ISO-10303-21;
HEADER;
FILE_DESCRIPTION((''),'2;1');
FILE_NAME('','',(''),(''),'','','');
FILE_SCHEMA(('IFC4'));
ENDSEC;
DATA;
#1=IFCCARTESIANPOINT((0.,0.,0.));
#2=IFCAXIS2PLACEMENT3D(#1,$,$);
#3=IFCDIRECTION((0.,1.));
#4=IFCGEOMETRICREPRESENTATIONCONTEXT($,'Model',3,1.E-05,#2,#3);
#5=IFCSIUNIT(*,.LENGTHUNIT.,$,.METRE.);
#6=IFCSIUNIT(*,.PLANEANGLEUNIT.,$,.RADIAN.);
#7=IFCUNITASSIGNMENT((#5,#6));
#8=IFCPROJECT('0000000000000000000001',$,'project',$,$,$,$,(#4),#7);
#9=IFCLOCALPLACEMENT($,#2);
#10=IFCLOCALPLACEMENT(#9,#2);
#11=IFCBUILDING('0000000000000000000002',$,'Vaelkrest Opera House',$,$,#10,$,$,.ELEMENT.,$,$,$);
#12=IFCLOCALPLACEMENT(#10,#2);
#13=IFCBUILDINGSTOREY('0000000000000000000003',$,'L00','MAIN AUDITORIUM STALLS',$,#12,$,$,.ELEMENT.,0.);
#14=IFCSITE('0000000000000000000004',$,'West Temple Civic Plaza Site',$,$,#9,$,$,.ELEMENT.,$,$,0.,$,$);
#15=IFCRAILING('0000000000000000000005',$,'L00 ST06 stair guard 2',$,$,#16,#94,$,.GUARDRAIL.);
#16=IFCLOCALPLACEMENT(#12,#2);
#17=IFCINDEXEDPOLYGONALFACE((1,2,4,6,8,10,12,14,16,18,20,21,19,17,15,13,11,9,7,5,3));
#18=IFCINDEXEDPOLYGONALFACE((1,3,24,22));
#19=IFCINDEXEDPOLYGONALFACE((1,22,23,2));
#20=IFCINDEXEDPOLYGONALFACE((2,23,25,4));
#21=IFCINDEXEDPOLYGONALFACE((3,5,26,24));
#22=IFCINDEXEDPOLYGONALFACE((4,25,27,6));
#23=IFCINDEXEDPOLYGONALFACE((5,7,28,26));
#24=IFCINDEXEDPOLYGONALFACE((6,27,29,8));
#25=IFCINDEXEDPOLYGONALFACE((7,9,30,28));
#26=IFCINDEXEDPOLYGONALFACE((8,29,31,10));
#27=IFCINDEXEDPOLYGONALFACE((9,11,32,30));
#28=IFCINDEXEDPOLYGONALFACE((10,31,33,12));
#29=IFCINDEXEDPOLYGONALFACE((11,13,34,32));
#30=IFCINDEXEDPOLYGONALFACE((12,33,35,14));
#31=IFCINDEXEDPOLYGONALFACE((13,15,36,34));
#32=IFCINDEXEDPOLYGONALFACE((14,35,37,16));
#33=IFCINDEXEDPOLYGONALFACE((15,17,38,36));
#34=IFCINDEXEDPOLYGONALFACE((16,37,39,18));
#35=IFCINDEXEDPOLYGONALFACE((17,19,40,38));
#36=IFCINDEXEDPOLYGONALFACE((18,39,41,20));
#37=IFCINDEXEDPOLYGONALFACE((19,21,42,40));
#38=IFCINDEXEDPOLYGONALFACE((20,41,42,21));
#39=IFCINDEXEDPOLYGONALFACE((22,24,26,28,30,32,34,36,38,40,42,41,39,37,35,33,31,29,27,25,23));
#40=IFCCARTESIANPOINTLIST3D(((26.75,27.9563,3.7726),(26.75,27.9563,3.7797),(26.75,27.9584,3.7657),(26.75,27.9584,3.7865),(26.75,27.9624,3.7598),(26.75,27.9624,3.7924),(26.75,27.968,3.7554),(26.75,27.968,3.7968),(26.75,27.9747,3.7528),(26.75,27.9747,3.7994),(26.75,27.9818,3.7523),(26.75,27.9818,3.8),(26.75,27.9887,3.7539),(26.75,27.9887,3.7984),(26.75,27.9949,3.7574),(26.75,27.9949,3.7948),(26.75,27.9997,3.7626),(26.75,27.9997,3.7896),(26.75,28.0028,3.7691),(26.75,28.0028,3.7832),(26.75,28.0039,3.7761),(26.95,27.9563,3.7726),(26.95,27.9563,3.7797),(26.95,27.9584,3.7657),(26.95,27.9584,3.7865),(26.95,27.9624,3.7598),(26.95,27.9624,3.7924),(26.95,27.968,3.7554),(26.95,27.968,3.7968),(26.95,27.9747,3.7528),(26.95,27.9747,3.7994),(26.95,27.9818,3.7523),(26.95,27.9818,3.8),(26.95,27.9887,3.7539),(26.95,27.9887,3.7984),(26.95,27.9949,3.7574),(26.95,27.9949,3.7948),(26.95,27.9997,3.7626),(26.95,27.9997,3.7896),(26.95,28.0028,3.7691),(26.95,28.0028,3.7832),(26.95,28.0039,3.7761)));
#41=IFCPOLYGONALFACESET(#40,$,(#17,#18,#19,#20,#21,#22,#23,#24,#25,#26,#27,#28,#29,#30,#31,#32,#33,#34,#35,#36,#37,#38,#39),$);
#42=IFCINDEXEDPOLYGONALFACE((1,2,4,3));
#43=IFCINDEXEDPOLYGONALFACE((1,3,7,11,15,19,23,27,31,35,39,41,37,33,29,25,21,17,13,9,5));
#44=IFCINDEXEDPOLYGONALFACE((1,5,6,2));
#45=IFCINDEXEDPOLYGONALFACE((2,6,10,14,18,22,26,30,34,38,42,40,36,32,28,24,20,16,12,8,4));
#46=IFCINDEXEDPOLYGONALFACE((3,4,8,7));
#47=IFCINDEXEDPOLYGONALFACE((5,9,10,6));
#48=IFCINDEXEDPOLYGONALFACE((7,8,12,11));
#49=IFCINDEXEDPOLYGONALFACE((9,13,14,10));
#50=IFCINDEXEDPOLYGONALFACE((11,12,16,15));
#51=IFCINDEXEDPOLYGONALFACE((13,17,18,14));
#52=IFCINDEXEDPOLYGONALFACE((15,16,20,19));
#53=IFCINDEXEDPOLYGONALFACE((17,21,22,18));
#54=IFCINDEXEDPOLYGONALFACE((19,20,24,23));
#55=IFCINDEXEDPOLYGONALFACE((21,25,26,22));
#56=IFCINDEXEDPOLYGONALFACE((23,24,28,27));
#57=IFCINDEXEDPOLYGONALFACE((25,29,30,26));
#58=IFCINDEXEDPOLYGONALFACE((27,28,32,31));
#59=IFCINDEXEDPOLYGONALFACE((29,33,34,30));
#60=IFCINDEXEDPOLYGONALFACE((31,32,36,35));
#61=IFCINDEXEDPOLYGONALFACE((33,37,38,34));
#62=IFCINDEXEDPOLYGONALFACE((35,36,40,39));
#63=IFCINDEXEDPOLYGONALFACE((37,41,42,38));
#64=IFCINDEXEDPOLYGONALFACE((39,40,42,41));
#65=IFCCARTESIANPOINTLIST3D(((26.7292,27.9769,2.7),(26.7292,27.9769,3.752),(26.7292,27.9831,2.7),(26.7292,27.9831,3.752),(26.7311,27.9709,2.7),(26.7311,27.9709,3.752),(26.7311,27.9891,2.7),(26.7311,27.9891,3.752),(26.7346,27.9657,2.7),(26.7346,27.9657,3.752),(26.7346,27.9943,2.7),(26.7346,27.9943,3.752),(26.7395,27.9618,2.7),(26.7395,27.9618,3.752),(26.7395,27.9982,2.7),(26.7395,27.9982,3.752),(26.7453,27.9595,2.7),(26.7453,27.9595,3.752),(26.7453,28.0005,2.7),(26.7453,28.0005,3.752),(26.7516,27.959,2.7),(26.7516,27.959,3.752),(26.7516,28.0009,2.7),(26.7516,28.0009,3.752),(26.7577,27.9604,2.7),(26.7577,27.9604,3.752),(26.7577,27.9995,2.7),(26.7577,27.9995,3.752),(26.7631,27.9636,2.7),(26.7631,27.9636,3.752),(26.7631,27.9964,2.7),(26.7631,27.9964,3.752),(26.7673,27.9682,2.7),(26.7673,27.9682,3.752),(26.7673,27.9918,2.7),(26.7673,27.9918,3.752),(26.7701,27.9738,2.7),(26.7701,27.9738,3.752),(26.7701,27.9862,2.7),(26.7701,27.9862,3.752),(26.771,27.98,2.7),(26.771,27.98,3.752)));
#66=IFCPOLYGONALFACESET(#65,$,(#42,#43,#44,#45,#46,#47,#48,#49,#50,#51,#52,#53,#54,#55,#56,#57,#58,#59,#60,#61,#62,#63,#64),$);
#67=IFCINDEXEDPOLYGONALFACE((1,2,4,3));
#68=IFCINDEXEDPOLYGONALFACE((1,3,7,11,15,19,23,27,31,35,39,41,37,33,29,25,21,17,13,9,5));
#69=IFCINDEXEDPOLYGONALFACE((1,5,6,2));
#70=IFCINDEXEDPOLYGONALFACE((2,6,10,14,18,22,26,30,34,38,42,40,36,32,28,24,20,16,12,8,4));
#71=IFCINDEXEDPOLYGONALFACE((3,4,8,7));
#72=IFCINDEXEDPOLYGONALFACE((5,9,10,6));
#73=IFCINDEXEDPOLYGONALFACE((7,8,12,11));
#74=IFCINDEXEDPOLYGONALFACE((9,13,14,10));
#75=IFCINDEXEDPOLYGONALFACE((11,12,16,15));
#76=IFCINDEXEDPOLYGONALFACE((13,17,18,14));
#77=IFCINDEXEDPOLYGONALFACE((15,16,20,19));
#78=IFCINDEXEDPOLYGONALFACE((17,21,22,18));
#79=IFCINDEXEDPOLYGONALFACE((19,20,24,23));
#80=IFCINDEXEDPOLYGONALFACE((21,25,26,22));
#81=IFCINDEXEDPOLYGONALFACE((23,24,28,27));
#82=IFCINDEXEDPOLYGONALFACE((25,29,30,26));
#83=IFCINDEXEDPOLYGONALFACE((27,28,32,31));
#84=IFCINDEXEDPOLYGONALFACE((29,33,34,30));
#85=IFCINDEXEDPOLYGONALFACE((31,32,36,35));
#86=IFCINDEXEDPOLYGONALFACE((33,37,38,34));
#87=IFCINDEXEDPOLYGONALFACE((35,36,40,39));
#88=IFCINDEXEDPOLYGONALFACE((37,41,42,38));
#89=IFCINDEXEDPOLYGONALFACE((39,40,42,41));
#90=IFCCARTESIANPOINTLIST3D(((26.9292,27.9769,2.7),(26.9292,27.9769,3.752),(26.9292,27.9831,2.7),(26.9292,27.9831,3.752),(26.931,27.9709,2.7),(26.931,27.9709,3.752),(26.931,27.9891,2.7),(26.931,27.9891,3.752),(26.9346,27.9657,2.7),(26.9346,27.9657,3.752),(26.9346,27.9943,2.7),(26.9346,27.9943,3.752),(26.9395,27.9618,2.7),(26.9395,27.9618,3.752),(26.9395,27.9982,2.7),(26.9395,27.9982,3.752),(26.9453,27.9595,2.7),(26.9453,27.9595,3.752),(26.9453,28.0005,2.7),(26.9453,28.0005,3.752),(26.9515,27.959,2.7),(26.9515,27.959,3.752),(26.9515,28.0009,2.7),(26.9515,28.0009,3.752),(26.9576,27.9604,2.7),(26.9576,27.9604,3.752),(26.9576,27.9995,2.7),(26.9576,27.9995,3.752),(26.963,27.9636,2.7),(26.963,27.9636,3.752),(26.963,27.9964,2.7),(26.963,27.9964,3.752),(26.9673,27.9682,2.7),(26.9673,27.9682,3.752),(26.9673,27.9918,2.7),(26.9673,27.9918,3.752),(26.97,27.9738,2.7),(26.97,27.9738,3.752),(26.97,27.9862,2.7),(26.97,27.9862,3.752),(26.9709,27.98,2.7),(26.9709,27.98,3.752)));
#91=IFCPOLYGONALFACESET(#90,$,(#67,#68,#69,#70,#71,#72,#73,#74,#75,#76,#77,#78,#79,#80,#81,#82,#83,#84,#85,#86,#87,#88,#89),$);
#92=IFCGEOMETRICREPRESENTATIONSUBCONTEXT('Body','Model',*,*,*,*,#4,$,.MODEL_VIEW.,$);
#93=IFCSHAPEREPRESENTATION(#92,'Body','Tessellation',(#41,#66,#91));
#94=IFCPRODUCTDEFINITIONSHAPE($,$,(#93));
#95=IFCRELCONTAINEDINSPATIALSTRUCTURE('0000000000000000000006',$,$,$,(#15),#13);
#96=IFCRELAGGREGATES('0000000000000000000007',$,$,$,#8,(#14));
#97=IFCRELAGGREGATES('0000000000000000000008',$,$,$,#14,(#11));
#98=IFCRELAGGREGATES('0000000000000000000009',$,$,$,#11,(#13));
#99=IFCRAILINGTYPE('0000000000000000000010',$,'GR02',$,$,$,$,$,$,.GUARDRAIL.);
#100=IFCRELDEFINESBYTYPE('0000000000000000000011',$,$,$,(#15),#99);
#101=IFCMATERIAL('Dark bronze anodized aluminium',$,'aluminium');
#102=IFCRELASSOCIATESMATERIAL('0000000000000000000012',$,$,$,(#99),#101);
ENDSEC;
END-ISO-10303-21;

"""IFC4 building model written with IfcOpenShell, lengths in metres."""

from ifc_helpers import new_model, si_unit, direction, frame, origin, origin_2d, place, context, subcontext, project, spatial, circle, extrude, material, type_object, element, save


model = new_model("IFC4")

# Units and contexts
model_context = context("Model", 3, precision=1e-05, world=origin(), true_north=direction((0.0, 1.0)))
body_context = subcontext(model_context, "Body", "Model", "MODEL_VIEW")
ifc_project = project(units=[si_unit("LENGTHUNIT", "METRE"), si_unit("PLANEANGLEUNIT", "RADIAN")], contexts=[model_context])

# Site, building, storey
site_placement = place(None, origin())
site = spatial("IfcSite", under=ifc_project, at=site_placement, Name="West Temple Civic Plaza Site", CompositionType="ELEMENT", RefElevation=0.0)
building_placement = place(site_placement, origin())
building = spatial("IfcBuilding", under=site, at=building_placement, Name="Vaelkrest Opera House", CompositionType="ELEMENT")
storey_placement = place(building_placement, origin())
storey = spatial("IfcBuildingStorey", under=building, at=storey_placement, Name="L00", Description="MAIN AUDITORIUM STALLS", CompositionType="ELEMENT", Elevation=0.0)

# Railing
ifc_material_1 = material(Name="Dark bronze anodized aluminium", Category="aluminium")
railing_type_1 = type_object("IfcRailingType", Name="GR02", PredefinedType="GUARDRAIL", material=ifc_material_1)
railing_1_placement = place(storey_placement, frame((26.75, 27.98, 2.7)))
element("IfcRailing", 1, at=railing_1_placement, inside=storey, type_object=railing_type_1, Name="L00 ST06 stair guard 2", PredefinedType="GUARDRAIL", context=body_context, shape_type="SweptSolid", body=[
    extrude(circle(Radius=0.0239, at=origin_2d()), frame((0.0, 0.0, 1.0762), z_axis=(1.0, 0.0, 0.0), x_axis=(0.0, 1.0, 0.0)), (0.0, 0.0, 1.0), 0.2),
    extrude(circle(Radius=0.021, at=origin_2d()), origin(), (0.0, 0.0, 1.0), 1.052),
    extrude(circle(Radius=0.021, at=origin_2d()), frame((0.2, 0.0, 0.0)), (0.0, 0.0, 1.0), 1.052),
])

save(model, "model.ifc")
